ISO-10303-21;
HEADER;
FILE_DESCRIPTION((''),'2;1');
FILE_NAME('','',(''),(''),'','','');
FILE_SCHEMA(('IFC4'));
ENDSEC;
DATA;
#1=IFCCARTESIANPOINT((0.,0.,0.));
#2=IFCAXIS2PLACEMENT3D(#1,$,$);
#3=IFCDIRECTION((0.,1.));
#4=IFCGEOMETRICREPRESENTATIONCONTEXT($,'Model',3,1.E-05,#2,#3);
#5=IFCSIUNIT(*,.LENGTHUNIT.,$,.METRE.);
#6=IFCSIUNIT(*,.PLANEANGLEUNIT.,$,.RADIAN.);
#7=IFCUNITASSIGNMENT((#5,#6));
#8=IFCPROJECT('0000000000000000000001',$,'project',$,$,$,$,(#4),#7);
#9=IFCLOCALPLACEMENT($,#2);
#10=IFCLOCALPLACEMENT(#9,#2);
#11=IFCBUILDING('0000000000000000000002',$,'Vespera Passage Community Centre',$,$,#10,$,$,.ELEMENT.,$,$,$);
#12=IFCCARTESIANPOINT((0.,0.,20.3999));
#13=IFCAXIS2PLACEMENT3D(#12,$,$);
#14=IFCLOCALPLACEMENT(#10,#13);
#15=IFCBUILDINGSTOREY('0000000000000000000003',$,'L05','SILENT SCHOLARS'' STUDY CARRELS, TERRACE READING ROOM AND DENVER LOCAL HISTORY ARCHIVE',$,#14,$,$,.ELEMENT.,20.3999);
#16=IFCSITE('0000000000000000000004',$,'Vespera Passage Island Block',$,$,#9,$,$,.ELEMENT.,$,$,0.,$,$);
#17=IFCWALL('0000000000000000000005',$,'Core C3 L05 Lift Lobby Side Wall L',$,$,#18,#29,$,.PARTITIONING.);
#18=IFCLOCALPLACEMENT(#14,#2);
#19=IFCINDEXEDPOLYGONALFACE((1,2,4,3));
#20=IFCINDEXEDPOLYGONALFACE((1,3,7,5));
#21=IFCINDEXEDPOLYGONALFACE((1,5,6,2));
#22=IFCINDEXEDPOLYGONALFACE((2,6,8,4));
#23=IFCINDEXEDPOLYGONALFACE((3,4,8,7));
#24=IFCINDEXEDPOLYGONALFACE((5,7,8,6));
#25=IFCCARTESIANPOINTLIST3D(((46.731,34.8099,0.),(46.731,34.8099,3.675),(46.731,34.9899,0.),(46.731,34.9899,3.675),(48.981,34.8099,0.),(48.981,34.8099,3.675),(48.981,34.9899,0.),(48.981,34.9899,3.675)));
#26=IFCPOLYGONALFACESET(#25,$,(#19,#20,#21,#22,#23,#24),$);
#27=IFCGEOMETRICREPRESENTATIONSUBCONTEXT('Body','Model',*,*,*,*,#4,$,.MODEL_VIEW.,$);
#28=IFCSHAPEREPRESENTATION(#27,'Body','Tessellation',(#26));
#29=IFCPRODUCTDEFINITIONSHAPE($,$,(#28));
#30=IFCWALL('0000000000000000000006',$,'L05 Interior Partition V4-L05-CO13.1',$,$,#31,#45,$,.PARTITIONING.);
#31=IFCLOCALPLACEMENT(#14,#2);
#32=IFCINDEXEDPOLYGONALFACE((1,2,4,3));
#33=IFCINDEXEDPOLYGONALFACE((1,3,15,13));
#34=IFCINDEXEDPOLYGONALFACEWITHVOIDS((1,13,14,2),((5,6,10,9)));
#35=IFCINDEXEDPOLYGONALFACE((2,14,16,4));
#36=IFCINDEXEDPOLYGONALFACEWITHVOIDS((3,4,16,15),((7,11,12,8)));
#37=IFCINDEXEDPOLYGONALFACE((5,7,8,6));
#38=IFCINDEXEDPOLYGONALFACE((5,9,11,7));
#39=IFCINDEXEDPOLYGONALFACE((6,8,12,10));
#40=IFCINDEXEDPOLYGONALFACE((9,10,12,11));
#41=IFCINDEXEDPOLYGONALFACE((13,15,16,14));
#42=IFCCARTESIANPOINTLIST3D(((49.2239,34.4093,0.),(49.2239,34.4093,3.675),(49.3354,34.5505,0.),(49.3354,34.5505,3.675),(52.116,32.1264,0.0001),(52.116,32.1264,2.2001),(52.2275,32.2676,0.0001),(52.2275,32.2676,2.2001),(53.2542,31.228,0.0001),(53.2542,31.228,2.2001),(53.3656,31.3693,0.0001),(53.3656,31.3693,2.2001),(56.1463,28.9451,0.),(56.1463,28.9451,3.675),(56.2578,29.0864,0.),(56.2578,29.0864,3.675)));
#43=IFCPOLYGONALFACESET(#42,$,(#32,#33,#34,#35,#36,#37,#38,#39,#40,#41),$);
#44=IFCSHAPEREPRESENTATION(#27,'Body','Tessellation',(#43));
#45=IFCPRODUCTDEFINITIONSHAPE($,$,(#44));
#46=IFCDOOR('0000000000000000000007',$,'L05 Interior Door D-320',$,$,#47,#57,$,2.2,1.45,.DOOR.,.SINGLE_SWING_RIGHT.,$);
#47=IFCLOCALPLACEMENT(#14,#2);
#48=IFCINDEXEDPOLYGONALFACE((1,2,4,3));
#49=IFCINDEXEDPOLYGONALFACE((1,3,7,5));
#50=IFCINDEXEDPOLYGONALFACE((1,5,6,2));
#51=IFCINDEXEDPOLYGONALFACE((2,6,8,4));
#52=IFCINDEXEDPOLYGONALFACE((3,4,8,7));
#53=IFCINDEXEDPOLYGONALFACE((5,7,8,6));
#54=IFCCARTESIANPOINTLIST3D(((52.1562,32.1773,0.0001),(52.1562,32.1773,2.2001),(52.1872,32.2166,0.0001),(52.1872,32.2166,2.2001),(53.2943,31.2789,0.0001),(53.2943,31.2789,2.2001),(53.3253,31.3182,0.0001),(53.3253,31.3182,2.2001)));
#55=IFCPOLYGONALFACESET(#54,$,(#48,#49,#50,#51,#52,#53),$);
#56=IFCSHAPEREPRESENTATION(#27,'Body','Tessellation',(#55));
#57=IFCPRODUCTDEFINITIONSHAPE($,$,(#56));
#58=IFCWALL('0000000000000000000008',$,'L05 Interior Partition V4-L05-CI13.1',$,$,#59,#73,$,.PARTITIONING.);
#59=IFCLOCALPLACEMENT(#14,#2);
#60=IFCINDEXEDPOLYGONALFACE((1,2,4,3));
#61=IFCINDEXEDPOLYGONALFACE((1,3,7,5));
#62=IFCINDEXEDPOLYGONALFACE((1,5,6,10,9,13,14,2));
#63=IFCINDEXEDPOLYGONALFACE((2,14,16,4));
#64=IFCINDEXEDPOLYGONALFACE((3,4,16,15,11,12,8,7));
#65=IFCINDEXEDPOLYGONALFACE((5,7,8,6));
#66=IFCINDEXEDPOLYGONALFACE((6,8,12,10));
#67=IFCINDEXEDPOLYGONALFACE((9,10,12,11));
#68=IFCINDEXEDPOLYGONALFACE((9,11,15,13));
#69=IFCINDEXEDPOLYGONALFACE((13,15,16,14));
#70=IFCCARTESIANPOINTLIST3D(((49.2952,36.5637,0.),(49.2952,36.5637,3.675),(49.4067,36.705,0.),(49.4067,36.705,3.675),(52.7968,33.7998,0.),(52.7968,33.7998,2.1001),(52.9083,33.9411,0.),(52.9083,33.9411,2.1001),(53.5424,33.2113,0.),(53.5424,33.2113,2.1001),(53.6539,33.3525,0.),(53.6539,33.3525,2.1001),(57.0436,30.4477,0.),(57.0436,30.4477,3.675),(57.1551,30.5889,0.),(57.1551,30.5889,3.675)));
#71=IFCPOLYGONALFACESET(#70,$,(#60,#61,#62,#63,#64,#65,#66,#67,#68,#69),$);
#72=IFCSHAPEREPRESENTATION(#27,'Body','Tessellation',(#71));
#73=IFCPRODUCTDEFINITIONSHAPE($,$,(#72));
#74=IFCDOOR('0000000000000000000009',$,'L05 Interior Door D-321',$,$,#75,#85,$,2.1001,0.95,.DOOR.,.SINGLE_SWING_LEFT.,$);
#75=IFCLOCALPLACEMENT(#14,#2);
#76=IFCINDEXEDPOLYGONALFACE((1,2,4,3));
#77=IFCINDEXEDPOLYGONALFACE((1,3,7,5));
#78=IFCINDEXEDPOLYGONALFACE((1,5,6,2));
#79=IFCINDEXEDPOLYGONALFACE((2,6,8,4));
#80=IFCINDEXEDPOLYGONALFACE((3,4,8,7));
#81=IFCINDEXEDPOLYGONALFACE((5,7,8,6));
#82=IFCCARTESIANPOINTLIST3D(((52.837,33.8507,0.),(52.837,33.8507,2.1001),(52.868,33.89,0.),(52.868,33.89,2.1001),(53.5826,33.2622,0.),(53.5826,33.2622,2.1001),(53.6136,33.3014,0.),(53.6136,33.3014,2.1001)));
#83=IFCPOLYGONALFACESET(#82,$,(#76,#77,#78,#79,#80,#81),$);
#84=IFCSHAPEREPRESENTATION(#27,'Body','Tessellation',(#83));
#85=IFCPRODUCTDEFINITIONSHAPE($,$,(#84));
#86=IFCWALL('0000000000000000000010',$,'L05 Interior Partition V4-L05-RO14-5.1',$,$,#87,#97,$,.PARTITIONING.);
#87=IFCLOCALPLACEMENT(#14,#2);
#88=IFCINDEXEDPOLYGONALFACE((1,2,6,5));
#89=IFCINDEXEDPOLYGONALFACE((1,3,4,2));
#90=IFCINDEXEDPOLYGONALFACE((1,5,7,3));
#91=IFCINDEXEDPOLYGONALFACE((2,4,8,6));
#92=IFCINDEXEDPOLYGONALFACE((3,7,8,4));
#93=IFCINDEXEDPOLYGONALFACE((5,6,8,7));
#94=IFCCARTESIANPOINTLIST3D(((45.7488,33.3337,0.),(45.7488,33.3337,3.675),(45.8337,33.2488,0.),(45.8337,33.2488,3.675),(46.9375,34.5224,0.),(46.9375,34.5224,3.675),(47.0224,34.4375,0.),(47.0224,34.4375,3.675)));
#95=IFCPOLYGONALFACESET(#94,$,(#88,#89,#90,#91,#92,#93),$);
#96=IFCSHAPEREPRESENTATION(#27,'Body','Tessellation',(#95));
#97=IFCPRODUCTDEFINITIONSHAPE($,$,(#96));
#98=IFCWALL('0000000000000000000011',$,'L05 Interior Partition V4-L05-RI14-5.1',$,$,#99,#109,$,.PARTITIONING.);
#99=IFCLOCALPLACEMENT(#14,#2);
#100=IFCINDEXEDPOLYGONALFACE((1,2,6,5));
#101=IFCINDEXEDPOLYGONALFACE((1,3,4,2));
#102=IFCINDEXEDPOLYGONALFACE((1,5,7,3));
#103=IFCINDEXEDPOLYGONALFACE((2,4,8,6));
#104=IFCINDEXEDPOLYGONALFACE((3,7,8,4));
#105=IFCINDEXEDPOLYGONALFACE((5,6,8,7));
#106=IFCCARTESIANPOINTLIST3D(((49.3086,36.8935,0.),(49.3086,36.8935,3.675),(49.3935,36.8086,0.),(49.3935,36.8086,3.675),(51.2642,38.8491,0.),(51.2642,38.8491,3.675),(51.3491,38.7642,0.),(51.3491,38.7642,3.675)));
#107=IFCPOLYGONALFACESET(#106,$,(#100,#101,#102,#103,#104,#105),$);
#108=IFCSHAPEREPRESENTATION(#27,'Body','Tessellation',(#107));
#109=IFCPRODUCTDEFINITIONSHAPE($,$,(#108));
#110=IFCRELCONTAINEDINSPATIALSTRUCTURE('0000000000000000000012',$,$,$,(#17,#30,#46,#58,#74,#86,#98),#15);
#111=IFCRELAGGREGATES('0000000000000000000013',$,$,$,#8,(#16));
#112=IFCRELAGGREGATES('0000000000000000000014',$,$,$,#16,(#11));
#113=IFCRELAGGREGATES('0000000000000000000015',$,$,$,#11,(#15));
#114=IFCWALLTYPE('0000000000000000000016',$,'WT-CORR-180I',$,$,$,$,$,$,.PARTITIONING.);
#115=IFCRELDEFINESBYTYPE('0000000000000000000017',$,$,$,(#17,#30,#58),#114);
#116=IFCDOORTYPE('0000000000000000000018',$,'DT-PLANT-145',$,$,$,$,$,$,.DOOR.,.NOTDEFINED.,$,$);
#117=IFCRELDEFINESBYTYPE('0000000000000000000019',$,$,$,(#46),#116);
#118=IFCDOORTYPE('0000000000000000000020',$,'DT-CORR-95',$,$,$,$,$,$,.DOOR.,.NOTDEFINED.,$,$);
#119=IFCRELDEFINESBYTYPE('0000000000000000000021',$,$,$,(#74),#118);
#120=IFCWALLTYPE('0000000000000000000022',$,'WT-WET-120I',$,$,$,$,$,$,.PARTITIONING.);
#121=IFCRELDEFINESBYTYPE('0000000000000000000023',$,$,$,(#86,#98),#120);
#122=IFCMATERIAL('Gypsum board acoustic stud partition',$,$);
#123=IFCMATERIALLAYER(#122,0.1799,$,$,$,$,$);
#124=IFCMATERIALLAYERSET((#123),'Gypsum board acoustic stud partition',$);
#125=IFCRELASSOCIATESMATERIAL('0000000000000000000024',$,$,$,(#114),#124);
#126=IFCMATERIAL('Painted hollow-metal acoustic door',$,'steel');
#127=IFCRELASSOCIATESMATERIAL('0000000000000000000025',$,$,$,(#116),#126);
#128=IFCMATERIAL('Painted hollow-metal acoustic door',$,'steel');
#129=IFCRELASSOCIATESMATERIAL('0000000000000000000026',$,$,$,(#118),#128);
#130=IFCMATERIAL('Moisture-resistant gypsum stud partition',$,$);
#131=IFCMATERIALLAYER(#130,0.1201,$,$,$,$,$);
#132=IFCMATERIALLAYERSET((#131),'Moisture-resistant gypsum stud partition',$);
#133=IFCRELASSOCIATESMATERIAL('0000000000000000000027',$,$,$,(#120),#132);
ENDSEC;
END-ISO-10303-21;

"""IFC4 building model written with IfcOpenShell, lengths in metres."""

from ifc_helpers import new_model, si_unit, direction, frame, frame_2d, origin, place, context, subcontext, project, spatial, rectangle, extrude, material, layer, layer_set, type_object, element, fill, save


model = new_model("IFC4")

# Units and contexts
model_context = context("Model", 3, precision=1e-05, world=origin(), true_north=direction((0.0, 1.0)))
body_context = subcontext(model_context, "Body", "Model", "MODEL_VIEW")
ifc_project = project(units=[si_unit("LENGTHUNIT", "METRE"), si_unit("PLANEANGLEUNIT", "RADIAN")], contexts=[model_context])

# Site, building, storey
site_placement = place(None, origin())
site = spatial("IfcSite", under=ifc_project, at=site_placement, Name="Vespera Passage Island Block", CompositionType="ELEMENT", RefElevation=0.0)
building_placement = place(site_placement, origin())
building = spatial("IfcBuilding", under=site, at=building_placement, Name="Vespera Passage Community Centre", CompositionType="ELEMENT")
storey_placement = place(building_placement, frame((0.0, 0.0, 20.3999)))
storey = spatial("IfcBuildingStorey", under=building, at=storey_placement, Name="L05", Description="SILENT SCHOLARS' STUDY CARRELS, TERRACE READING ROOM AND DENVER LOCAL HISTORY ARCHIVE", CompositionType="ELEMENT", Elevation=20.3999)

# Shared definitions
ifc_material_1 = material(Name="Gypsum board acoustic stud partition")
ifc_layer_1 = layer(ifc_material_1, 0.1799)
ifc_layer_set_1 = layer_set([ifc_layer_1], Name="Gypsum board acoustic stud partition")
wall_type_1 = type_object("IfcWallType", Name="WT-CORR-180I", PredefinedType="PARTITIONING", material=ifc_layer_set_1)

# Wall
wall_1_placement = place(storey_placement, frame((46.731, 34.8999, 0.0), z_axis=(0.0, 0.0, 1.0), x_axis=(1.0, 0.0, 0.0)))
element("IfcWall", 1, at=wall_1_placement, inside=storey, type_object=wall_type_1, Name="Core C3 L05 Lift Lobby Side Wall L", PredefinedType="PARTITIONING", context=body_context, shape_type="SweptSolid", body=[
    extrude(rectangle(XDim=2.25, YDim=0.1799, at=frame_2d((1.125, 0.0))), origin(), (0.0, 0.0, 1.0), 3.675),
])

# Walls, openings, doors
wall_2_placement = place(storey_placement, frame((49.2795, 34.48, 0.0), z_axis=(0.0, 0.0, 1.0), x_axis=(0.784933, -0.619581, 0.0)))
wall_2 = element("IfcWall", 2, at=wall_2_placement, inside=storey, type_object=wall_type_1, Name="L05 Interior Partition V4-L05-CO13.1", PredefinedType="PARTITIONING", context=body_context, shape_type="SweptSolid", body=[
    extrude(rectangle(XDim=8.8191, YDim=0.1799, at=frame_2d((4.4097, 0.0))), origin(), (0.0, 0.0, 1.0), 3.675),
])
opening_1_placement = place(wall_2_placement, frame((3.6846, 0.0, 0.0)))
opening_1 = element("IfcOpeningElement", 3, at=opening_1_placement, cuts=wall_2, PredefinedType="OPENING", context=body_context, shape_type="SweptSolid", body=[
    extrude(rectangle(XDim=1.45, YDim=2.2, at=frame_2d((0.7251, 1.1001))), frame((0.0, 0.0999, 0.0), z_axis=(0.0, -1.0, 0.0), x_axis=(1.0, 0.0, 0.0)), (0.0, 0.0, 1.0), 0.2),
])
ifc_material_2 = material(Name="Painted hollow-metal acoustic door", Category="steel")
door_type_1 = type_object("IfcDoorType", Name="DT-PLANT-145", OperationType="NOTDEFINED", PredefinedType="DOOR", material=ifc_material_2)
door_1_placement = place(opening_1_placement, origin())
door_1 = element("IfcDoor", 4, at=door_1_placement, inside=storey, type_object=door_type_1, Name="L05 Interior Door D-320", OperationType="SINGLE_SWING_RIGHT", OverallHeight=2.2, OverallWidth=1.45, PredefinedType="DOOR", context=body_context, shape_type="SweptSolid", body=[
    extrude(rectangle(XDim=1.45, YDim=2.2, at=frame_2d((0.7251, 1.1001))), frame((0.0, 0.0249, 0.0), z_axis=(0.0, -1.0, 0.0), x_axis=(1.0, 0.0, 0.0)), (0.0, 0.0, 1.0), 0.05),
])
fill(opening_1, door_1)
wall_3_placement = place(storey_placement, frame((49.3511, 36.6343, 0.0), z_axis=(0.0, 0.0, 1.0), x_axis=(0.784937, -0.619575, 0.0)))
wall_3 = element("IfcWall", 5, at=wall_3_placement, inside=storey, type_object=wall_type_1, Name="L05 Interior Partition V4-L05-CI13.1", PredefinedType="PARTITIONING", context=body_context, shape_type="SweptSolid", body=[
    extrude(rectangle(XDim=9.8713, YDim=0.1799, at=frame_2d((4.9355, 0.0))), origin(), (0.0, 0.0, 1.0), 3.675),
])
opening_2_placement = place(wall_3_placement, frame((4.4607, 0.0, 0.0)))
opening_2 = element("IfcOpeningElement", 6, at=opening_2_placement, cuts=wall_3, PredefinedType="OPENING", context=body_context, shape_type="SweptSolid", body=[
    extrude(rectangle(XDim=0.95, YDim=2.1001, at=frame_2d((0.4751, 1.05))), frame((0.0, 0.0999, 0.0), z_axis=(0.0, -1.0, 0.0), x_axis=(1.0, 0.0, 0.0)), (0.0, 0.0, 1.0), 0.2),
])
ifc_material_3 = material(Name="Painted hollow-metal acoustic door", Category="steel")
door_type_2 = type_object("IfcDoorType", Name="DT-CORR-95", OperationType="NOTDEFINED", PredefinedType="DOOR", material=ifc_material_3)
door_2_placement = place(opening_2_placement, origin())
door_2 = element("IfcDoor", 7, at=door_2_placement, inside=storey, type_object=door_type_2, Name="L05 Interior Door D-321", OperationType="SINGLE_SWING_LEFT", OverallHeight=2.1001, OverallWidth=0.95, PredefinedType="DOOR", context=body_context, shape_type="SweptSolid", body=[
    extrude(rectangle(XDim=0.95, YDim=2.1001, at=frame_2d((0.4751, 1.05))), frame((0.0, 0.0249, 0.0), z_axis=(0.0, -1.0, 0.0), x_axis=(1.0, 0.0, 0.0)), (0.0, 0.0, 1.0), 0.05),
])
fill(opening_2, door_2)

# Walls
ifc_material_4 = material(Name="Moisture-resistant gypsum stud partition")
ifc_layer_2 = layer(ifc_material_4, 0.1201)
ifc_layer_set_2 = layer_set([ifc_layer_2], Name="Moisture-resistant gypsum stud partition")
wall_type_2 = type_object("IfcWallType", Name="WT-WET-120I", PredefinedType="PARTITIONING", material=ifc_layer_set_2)
wall_4_placement = place(storey_placement, frame((46.98, 34.48, 0.0), z_axis=(0.0, 0.0, 1.0), x_axis=(-0.707107, -0.707107, 0.0)))
element("IfcWall", 8, at=wall_4_placement, inside=storey, type_object=wall_type_2, Name="L05 Interior Partition V4-L05-RO14-5.1", PredefinedType="PARTITIONING", context=body_context, shape_type="SweptSolid", body=[
    extrude(rectangle(XDim=1.6812, YDim=0.1201, at=frame_2d((0.8406, 0.0))), origin(), (0.0, 0.0, 1.0), 3.675),
])
wall_5_placement = place(storey_placement, frame((51.3066, 38.8066, 0.0), z_axis=(0.0, 0.0, 1.0), x_axis=(-0.707107, -0.707107, 0.0)))
element("IfcWall", 9, at=wall_5_placement, inside=storey, type_object=wall_type_2, Name="L05 Interior Partition V4-L05-RI14-5.1", PredefinedType="PARTITIONING", context=body_context, shape_type="SweptSolid", body=[
    extrude(rectangle(XDim=2.7656, YDim=0.1201, at=frame_2d((1.3828, 0.0))), origin(), (0.0, 0.0, 1.0), 3.675),
])

save(model, "model.ifc")
